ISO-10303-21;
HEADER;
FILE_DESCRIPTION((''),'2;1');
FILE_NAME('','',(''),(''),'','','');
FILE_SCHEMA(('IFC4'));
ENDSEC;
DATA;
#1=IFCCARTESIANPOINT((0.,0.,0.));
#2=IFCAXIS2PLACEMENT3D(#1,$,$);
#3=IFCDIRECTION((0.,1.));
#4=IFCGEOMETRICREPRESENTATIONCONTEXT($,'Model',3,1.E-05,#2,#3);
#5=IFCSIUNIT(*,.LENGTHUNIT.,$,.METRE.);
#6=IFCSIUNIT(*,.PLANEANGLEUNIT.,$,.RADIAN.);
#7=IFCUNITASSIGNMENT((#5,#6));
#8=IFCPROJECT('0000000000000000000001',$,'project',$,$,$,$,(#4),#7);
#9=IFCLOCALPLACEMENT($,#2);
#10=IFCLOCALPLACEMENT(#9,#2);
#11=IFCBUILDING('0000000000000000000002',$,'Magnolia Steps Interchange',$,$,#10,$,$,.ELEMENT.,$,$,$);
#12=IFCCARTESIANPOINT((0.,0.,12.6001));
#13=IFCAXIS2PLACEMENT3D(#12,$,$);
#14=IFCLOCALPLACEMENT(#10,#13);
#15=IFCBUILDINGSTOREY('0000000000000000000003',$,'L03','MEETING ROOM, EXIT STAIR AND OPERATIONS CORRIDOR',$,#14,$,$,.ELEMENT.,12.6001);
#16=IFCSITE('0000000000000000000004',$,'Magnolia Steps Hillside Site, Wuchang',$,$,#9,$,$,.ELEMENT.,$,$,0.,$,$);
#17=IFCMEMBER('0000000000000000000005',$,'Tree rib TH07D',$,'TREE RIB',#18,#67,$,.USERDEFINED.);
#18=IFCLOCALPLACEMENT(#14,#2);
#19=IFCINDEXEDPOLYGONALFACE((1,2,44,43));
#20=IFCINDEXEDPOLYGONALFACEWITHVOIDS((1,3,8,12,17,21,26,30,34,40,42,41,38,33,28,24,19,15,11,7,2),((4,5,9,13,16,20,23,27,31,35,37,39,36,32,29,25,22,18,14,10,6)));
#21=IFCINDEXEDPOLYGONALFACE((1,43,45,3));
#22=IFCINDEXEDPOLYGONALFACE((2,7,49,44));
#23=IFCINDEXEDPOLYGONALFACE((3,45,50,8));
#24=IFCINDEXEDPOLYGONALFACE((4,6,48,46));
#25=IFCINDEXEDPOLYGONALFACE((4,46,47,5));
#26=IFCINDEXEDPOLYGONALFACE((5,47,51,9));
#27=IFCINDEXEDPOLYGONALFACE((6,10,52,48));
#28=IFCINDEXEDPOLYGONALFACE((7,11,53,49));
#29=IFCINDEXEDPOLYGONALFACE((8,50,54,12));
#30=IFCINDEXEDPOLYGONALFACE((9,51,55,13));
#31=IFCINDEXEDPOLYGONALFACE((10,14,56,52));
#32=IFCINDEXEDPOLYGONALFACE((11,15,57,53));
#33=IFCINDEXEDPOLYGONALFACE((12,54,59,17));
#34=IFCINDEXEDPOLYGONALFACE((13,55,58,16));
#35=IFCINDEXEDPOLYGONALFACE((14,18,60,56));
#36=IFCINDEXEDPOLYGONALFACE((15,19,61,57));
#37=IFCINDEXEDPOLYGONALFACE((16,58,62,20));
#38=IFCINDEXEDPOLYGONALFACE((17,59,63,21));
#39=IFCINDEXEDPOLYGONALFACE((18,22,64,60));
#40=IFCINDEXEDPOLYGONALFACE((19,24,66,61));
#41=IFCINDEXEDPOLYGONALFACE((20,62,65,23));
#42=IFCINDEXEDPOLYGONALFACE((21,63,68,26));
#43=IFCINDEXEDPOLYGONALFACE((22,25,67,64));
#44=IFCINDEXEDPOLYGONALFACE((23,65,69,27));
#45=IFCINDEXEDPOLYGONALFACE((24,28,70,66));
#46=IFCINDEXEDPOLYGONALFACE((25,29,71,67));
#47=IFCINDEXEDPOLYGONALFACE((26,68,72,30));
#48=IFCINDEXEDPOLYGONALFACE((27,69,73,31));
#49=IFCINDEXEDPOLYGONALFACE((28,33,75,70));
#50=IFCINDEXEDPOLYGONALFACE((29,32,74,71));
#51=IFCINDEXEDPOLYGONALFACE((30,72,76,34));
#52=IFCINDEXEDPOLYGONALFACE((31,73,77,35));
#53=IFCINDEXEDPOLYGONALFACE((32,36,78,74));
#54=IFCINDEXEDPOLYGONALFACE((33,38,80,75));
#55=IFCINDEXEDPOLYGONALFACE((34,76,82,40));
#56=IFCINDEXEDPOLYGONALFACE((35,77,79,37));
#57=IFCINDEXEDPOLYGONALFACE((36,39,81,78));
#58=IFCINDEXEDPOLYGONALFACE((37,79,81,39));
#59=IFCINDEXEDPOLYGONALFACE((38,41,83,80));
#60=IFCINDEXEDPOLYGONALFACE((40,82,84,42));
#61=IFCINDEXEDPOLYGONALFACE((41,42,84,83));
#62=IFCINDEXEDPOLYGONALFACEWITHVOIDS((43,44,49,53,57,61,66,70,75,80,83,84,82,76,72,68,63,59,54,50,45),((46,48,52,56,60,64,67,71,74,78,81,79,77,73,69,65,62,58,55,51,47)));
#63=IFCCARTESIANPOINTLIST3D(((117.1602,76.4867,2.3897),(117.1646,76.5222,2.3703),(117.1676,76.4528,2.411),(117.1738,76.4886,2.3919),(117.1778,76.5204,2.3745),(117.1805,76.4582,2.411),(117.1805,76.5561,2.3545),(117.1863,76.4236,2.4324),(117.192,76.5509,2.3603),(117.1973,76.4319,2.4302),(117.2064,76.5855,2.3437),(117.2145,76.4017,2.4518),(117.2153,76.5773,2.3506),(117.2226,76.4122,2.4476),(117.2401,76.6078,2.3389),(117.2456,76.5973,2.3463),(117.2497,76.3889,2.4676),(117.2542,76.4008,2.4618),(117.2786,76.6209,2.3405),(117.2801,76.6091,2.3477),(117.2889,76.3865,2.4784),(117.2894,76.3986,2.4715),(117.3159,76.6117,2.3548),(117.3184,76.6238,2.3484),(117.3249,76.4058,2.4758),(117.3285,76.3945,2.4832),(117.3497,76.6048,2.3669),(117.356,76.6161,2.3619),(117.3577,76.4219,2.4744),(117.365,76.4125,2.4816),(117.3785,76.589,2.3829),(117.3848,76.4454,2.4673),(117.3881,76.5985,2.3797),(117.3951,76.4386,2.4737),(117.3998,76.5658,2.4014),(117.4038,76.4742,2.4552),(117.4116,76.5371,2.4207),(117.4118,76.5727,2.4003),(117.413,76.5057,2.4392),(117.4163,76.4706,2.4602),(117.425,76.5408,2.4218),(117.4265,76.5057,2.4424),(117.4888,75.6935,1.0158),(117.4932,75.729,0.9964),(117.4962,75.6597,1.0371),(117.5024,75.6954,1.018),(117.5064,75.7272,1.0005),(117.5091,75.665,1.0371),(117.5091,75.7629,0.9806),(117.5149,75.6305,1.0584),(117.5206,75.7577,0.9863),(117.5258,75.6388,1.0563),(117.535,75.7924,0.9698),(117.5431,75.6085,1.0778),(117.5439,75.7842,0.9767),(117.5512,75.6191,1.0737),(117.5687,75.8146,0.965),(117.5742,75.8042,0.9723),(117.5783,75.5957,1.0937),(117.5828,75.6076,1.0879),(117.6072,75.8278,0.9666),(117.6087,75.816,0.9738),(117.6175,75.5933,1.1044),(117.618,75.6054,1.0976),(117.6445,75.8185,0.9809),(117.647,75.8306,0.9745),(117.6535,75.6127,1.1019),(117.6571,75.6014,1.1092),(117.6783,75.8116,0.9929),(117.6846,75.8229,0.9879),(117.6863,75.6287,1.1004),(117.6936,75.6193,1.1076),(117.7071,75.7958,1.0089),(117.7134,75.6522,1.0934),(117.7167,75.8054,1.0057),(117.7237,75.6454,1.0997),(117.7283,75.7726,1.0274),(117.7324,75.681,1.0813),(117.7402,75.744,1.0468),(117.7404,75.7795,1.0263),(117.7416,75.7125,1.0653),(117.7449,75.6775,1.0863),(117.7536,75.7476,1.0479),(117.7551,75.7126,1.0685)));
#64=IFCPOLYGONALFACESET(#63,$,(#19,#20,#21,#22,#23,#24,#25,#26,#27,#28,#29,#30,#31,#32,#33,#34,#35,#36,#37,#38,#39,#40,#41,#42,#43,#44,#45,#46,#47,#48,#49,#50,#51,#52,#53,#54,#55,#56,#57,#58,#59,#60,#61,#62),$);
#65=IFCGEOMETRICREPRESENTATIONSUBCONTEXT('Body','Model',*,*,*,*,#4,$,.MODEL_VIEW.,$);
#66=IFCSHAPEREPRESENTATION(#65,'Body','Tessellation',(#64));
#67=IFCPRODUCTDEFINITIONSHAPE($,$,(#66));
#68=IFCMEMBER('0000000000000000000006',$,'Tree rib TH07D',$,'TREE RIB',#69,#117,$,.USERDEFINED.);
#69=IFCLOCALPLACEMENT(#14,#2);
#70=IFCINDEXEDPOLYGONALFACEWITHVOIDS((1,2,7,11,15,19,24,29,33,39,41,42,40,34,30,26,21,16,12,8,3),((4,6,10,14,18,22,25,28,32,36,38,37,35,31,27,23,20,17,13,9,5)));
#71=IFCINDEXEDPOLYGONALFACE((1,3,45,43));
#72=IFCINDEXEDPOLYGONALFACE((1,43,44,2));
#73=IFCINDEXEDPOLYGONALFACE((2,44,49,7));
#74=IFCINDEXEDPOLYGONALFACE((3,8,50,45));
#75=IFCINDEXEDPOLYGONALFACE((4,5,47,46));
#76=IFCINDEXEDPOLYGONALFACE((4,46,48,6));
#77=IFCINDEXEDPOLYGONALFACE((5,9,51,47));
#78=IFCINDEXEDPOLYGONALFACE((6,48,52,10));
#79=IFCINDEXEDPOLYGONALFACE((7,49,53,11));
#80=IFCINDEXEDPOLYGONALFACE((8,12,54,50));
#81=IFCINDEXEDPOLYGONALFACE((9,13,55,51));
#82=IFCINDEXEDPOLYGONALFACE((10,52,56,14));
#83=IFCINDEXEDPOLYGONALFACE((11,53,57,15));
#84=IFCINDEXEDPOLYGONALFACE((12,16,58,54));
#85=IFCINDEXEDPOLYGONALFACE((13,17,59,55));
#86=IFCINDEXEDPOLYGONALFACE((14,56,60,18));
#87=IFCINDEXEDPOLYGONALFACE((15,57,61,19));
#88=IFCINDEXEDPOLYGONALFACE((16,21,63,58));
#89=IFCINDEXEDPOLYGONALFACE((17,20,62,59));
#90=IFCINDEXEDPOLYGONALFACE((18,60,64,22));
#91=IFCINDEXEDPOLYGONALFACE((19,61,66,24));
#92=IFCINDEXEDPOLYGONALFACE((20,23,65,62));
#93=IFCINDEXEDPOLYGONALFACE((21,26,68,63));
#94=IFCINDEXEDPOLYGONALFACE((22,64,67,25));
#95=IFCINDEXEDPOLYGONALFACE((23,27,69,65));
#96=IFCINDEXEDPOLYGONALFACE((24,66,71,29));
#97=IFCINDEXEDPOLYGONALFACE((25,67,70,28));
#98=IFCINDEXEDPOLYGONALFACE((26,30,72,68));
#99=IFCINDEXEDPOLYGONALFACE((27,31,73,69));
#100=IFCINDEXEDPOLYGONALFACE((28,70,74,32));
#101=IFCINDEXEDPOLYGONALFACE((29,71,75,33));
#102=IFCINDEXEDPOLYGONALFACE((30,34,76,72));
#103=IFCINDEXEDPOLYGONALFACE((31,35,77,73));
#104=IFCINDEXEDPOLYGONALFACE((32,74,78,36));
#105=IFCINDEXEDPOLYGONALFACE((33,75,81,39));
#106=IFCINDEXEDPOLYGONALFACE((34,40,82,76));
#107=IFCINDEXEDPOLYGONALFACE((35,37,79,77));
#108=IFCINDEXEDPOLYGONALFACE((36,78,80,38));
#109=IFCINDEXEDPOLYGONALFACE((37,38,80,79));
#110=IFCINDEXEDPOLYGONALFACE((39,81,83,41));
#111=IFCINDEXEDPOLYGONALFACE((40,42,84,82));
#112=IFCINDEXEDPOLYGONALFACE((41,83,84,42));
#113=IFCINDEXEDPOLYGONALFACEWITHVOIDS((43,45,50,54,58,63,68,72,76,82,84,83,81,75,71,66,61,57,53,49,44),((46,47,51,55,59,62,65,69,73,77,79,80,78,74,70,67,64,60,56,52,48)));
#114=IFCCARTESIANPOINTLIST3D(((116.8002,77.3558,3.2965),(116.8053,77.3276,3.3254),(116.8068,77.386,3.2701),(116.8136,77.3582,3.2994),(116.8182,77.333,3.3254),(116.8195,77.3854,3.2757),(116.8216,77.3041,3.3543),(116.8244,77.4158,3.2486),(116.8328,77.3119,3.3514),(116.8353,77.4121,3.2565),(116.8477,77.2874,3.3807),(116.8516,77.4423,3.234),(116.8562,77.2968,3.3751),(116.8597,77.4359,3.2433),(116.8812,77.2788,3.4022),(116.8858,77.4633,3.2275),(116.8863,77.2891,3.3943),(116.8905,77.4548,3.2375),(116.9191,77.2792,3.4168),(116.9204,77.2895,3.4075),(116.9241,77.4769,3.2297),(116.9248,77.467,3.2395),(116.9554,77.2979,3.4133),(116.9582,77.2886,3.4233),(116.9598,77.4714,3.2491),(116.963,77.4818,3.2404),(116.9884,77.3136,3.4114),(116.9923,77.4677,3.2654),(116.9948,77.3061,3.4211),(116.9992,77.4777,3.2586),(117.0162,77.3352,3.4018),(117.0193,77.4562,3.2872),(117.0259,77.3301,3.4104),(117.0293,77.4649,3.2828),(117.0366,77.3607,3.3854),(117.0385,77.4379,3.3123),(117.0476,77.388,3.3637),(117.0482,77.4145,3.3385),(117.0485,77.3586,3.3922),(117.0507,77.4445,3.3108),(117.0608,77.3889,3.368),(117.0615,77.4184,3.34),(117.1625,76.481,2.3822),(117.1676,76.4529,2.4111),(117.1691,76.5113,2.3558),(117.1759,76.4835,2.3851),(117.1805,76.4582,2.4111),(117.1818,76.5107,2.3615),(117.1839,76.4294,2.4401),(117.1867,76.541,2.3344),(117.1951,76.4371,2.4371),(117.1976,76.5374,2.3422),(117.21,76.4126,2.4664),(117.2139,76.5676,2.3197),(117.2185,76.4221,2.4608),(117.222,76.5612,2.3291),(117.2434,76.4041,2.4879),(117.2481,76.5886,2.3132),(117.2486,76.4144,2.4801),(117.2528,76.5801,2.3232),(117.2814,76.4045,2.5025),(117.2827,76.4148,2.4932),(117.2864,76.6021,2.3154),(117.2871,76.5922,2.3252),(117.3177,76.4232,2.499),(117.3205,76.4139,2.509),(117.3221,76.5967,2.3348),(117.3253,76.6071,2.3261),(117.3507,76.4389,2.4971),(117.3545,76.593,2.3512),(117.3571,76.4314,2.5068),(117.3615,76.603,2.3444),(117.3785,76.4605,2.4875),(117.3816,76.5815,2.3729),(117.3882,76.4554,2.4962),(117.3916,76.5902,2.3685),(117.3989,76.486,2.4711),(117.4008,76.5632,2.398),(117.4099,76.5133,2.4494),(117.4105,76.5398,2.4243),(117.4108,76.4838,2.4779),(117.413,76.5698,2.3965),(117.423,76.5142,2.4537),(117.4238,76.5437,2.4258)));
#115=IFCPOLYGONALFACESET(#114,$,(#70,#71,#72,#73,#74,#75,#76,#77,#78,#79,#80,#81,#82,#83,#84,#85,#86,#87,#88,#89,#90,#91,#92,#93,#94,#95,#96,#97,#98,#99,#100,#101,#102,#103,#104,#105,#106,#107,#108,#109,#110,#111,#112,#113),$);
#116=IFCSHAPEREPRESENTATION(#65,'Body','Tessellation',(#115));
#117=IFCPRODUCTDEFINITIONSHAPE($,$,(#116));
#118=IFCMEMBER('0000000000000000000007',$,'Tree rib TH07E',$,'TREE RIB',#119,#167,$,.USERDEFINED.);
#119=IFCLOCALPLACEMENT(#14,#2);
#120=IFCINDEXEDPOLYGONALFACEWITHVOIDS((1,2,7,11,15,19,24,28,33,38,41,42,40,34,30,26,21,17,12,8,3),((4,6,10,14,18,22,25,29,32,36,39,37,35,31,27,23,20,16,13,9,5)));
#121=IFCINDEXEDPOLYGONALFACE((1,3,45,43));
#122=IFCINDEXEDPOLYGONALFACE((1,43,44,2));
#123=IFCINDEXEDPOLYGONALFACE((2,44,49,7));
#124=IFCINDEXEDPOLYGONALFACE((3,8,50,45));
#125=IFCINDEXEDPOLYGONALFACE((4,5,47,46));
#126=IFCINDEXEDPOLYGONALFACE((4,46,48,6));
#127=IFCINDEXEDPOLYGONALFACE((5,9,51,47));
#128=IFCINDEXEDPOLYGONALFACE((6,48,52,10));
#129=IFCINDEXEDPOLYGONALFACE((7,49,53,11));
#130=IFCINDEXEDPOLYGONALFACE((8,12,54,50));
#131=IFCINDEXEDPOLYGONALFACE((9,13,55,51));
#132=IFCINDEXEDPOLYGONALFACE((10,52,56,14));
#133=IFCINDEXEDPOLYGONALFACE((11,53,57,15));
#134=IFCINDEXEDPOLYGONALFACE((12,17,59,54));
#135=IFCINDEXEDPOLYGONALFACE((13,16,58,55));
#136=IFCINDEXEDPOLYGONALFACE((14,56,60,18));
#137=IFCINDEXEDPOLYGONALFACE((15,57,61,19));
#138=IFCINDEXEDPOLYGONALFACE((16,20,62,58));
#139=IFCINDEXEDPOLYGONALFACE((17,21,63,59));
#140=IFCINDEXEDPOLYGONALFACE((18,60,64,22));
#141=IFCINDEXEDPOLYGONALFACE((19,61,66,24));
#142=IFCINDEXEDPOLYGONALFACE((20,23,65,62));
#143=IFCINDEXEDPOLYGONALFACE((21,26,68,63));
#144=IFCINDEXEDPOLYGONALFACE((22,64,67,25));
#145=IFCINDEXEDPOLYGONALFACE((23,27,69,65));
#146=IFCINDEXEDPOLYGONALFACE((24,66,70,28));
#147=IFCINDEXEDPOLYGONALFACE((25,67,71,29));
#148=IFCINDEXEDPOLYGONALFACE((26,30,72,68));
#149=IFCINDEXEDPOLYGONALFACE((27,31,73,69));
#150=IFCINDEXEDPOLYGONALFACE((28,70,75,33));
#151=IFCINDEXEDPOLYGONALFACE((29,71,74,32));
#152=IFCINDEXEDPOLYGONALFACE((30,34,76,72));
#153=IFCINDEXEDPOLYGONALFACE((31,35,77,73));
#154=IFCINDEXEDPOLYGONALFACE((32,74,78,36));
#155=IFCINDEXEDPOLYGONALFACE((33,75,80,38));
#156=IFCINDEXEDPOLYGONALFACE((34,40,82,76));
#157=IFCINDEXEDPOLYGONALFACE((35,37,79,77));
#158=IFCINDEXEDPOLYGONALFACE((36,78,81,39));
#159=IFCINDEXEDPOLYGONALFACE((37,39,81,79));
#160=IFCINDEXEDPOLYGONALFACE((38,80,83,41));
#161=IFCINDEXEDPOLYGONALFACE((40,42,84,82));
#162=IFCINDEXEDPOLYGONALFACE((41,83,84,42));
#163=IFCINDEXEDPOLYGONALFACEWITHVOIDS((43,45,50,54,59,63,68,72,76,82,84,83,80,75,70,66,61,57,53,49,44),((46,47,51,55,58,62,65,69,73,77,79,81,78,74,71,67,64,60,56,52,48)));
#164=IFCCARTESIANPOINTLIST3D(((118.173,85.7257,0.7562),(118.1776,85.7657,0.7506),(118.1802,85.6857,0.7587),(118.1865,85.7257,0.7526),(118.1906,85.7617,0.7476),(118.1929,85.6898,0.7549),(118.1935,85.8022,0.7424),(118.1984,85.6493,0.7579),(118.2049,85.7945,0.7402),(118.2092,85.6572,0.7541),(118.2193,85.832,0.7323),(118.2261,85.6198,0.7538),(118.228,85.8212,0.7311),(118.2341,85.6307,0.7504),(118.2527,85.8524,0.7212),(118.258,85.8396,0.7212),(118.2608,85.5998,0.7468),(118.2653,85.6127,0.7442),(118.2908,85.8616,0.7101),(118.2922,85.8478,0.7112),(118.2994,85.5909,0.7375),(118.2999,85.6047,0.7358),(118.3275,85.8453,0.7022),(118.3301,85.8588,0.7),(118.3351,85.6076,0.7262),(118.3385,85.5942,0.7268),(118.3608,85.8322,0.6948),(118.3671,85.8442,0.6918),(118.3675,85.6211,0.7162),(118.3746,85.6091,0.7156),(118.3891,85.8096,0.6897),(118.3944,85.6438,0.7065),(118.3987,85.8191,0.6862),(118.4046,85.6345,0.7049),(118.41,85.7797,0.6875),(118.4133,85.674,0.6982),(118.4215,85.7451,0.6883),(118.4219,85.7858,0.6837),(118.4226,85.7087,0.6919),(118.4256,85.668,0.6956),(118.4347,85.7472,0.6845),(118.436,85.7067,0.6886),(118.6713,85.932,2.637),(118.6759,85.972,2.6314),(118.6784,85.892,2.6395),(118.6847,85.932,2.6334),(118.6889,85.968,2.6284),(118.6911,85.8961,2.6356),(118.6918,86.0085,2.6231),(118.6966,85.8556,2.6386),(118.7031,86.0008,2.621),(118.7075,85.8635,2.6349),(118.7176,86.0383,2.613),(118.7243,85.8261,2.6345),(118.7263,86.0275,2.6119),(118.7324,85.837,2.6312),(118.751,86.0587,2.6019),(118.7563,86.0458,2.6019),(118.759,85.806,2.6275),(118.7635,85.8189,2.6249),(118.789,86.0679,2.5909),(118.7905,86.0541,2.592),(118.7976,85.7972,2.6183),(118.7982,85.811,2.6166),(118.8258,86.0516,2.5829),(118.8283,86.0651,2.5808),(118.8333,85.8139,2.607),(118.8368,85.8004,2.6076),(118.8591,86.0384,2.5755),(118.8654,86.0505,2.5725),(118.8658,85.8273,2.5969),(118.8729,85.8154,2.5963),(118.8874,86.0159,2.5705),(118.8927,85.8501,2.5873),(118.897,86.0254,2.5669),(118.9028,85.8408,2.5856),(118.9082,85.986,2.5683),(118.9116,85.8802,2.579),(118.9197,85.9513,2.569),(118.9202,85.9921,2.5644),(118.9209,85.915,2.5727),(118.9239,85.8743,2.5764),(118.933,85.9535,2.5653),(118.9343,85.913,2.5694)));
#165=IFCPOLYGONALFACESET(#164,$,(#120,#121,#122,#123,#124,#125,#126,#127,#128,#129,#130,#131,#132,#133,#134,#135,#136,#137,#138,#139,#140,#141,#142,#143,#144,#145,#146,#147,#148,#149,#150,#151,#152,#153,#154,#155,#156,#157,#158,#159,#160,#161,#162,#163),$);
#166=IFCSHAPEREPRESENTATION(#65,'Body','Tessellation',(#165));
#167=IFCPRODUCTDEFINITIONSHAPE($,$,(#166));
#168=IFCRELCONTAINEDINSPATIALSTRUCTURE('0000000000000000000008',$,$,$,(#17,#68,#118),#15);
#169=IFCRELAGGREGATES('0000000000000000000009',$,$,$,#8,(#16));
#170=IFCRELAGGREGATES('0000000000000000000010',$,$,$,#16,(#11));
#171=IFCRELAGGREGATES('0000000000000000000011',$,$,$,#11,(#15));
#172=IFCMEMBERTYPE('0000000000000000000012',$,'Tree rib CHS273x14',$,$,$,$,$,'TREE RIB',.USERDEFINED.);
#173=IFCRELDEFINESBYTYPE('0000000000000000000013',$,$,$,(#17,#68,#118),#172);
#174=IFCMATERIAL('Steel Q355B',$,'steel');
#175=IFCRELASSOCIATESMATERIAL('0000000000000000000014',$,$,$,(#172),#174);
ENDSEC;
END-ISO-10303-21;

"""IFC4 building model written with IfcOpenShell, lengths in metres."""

from ifc_helpers import new_model, si_unit, direction, frame, origin, origin_2d, place, context, subcontext, project, spatial, hollow_circle, extrude, material, material_profile, profile_set, type_object, element, save


model = new_model("IFC4")

# Units and contexts
model_context = context("Model", 3, precision=1e-05, world=origin(), true_north=direction((0.0, 1.0)))
body_context = subcontext(model_context, "Body", "Model", "MODEL_VIEW")
ifc_project = project(units=[si_unit("LENGTHUNIT", "METRE"), si_unit("PLANEANGLEUNIT", "RADIAN")], contexts=[model_context])

# Site, building, storey
site_placement = place(None, origin())
site = spatial("IfcSite", under=ifc_project, at=site_placement, Name="Magnolia Steps Hillside Site, Wuchang", CompositionType="ELEMENT", RefElevation=0.0)
building_placement = place(site_placement, origin())
building = spatial("IfcBuilding", under=site, at=building_placement, Name="Magnolia Steps Interchange", CompositionType="ELEMENT")
storey_placement = place(building_placement, frame((0.0, 0.0, 12.6001)))
storey = spatial("IfcBuildingStorey", under=building, at=storey_placement, Name="L03", Description="MEETING ROOM, EXIT STAIR AND OPERATIONS CORRIDOR", CompositionType="ELEMENT", Elevation=12.6001)

# Members
ifc_material_1 = material(Name="Steel Q355B", Category="steel")
ifc_material_profile_1 = material_profile(ifc_material_1, hollow_circle(Radius=0.1365, WallThickness=0.0139, at=origin_2d()), Name="CHS273x14")
ifc_profile_set_1 = profile_set([ifc_material_profile_1], Name="Steel Q355B")
member_type = type_object("IfcMemberType", Name="Tree rib CHS273x14", ElementType="TREE RIB", PredefinedType="USERDEFINED", material=ifc_profile_set_1)
member_1_placement = place(storey_placement, frame((117.6223, 75.7119, 1.0371), z_axis=(-0.20282, 0.489571, 0.848047), x_axis=(-0.923857, -0.382737, 0.0)))
element("IfcMember", 1, at=member_1_placement, inside=storey, type_object=member_type, Name="Tree rib TH07D", ObjectType="TREE RIB", PredefinedType="USERDEFINED", context=body_context, shape_type="SweptSolid", body=[
    extrude(hollow_circle(Radius=0.1365, WallThickness=0.0139, at=origin_2d()), origin(), (0.0, 0.0, 1.0), 1.6201),
])
member_2_placement = place(storey_placement, frame((117.2937, 76.5051, 2.4111), z_axis=(-0.275263, 0.6646, 0.694649), x_axis=(-0.923891, -0.382655, 0.0)))
element("IfcMember", 2, at=member_2_placement, inside=storey, type_object=member_type, Name="Tree rib TH07D", ObjectType="TREE RIB", PredefinedType="USERDEFINED", context=body_context, shape_type="SweptSolid", body=[
    extrude(hollow_circle(Radius=0.1365, WallThickness=0.0139, at=origin_2d()), origin(), (0.0, 0.0, 1.0), 1.3162),
])
member_3_placement = place(storey_placement, frame((118.3049, 85.7263, 0.7212), z_axis=(0.254665, 0.105435, 0.961264), x_axis=(-0.382525, 0.923945, 0.0)))
element("IfcMember", 3, at=member_3_placement, inside=storey, type_object=member_type, Name="Tree rib TH07E", ObjectType="TREE RIB", PredefinedType="USERDEFINED", context=body_context, shape_type="SweptSolid", body=[
    extrude(hollow_circle(Radius=0.1365, WallThickness=0.0139, at=origin_2d()), origin(), (0.0, 0.0, 1.0), 1.9565),
])

save(model, "model.ifc")
